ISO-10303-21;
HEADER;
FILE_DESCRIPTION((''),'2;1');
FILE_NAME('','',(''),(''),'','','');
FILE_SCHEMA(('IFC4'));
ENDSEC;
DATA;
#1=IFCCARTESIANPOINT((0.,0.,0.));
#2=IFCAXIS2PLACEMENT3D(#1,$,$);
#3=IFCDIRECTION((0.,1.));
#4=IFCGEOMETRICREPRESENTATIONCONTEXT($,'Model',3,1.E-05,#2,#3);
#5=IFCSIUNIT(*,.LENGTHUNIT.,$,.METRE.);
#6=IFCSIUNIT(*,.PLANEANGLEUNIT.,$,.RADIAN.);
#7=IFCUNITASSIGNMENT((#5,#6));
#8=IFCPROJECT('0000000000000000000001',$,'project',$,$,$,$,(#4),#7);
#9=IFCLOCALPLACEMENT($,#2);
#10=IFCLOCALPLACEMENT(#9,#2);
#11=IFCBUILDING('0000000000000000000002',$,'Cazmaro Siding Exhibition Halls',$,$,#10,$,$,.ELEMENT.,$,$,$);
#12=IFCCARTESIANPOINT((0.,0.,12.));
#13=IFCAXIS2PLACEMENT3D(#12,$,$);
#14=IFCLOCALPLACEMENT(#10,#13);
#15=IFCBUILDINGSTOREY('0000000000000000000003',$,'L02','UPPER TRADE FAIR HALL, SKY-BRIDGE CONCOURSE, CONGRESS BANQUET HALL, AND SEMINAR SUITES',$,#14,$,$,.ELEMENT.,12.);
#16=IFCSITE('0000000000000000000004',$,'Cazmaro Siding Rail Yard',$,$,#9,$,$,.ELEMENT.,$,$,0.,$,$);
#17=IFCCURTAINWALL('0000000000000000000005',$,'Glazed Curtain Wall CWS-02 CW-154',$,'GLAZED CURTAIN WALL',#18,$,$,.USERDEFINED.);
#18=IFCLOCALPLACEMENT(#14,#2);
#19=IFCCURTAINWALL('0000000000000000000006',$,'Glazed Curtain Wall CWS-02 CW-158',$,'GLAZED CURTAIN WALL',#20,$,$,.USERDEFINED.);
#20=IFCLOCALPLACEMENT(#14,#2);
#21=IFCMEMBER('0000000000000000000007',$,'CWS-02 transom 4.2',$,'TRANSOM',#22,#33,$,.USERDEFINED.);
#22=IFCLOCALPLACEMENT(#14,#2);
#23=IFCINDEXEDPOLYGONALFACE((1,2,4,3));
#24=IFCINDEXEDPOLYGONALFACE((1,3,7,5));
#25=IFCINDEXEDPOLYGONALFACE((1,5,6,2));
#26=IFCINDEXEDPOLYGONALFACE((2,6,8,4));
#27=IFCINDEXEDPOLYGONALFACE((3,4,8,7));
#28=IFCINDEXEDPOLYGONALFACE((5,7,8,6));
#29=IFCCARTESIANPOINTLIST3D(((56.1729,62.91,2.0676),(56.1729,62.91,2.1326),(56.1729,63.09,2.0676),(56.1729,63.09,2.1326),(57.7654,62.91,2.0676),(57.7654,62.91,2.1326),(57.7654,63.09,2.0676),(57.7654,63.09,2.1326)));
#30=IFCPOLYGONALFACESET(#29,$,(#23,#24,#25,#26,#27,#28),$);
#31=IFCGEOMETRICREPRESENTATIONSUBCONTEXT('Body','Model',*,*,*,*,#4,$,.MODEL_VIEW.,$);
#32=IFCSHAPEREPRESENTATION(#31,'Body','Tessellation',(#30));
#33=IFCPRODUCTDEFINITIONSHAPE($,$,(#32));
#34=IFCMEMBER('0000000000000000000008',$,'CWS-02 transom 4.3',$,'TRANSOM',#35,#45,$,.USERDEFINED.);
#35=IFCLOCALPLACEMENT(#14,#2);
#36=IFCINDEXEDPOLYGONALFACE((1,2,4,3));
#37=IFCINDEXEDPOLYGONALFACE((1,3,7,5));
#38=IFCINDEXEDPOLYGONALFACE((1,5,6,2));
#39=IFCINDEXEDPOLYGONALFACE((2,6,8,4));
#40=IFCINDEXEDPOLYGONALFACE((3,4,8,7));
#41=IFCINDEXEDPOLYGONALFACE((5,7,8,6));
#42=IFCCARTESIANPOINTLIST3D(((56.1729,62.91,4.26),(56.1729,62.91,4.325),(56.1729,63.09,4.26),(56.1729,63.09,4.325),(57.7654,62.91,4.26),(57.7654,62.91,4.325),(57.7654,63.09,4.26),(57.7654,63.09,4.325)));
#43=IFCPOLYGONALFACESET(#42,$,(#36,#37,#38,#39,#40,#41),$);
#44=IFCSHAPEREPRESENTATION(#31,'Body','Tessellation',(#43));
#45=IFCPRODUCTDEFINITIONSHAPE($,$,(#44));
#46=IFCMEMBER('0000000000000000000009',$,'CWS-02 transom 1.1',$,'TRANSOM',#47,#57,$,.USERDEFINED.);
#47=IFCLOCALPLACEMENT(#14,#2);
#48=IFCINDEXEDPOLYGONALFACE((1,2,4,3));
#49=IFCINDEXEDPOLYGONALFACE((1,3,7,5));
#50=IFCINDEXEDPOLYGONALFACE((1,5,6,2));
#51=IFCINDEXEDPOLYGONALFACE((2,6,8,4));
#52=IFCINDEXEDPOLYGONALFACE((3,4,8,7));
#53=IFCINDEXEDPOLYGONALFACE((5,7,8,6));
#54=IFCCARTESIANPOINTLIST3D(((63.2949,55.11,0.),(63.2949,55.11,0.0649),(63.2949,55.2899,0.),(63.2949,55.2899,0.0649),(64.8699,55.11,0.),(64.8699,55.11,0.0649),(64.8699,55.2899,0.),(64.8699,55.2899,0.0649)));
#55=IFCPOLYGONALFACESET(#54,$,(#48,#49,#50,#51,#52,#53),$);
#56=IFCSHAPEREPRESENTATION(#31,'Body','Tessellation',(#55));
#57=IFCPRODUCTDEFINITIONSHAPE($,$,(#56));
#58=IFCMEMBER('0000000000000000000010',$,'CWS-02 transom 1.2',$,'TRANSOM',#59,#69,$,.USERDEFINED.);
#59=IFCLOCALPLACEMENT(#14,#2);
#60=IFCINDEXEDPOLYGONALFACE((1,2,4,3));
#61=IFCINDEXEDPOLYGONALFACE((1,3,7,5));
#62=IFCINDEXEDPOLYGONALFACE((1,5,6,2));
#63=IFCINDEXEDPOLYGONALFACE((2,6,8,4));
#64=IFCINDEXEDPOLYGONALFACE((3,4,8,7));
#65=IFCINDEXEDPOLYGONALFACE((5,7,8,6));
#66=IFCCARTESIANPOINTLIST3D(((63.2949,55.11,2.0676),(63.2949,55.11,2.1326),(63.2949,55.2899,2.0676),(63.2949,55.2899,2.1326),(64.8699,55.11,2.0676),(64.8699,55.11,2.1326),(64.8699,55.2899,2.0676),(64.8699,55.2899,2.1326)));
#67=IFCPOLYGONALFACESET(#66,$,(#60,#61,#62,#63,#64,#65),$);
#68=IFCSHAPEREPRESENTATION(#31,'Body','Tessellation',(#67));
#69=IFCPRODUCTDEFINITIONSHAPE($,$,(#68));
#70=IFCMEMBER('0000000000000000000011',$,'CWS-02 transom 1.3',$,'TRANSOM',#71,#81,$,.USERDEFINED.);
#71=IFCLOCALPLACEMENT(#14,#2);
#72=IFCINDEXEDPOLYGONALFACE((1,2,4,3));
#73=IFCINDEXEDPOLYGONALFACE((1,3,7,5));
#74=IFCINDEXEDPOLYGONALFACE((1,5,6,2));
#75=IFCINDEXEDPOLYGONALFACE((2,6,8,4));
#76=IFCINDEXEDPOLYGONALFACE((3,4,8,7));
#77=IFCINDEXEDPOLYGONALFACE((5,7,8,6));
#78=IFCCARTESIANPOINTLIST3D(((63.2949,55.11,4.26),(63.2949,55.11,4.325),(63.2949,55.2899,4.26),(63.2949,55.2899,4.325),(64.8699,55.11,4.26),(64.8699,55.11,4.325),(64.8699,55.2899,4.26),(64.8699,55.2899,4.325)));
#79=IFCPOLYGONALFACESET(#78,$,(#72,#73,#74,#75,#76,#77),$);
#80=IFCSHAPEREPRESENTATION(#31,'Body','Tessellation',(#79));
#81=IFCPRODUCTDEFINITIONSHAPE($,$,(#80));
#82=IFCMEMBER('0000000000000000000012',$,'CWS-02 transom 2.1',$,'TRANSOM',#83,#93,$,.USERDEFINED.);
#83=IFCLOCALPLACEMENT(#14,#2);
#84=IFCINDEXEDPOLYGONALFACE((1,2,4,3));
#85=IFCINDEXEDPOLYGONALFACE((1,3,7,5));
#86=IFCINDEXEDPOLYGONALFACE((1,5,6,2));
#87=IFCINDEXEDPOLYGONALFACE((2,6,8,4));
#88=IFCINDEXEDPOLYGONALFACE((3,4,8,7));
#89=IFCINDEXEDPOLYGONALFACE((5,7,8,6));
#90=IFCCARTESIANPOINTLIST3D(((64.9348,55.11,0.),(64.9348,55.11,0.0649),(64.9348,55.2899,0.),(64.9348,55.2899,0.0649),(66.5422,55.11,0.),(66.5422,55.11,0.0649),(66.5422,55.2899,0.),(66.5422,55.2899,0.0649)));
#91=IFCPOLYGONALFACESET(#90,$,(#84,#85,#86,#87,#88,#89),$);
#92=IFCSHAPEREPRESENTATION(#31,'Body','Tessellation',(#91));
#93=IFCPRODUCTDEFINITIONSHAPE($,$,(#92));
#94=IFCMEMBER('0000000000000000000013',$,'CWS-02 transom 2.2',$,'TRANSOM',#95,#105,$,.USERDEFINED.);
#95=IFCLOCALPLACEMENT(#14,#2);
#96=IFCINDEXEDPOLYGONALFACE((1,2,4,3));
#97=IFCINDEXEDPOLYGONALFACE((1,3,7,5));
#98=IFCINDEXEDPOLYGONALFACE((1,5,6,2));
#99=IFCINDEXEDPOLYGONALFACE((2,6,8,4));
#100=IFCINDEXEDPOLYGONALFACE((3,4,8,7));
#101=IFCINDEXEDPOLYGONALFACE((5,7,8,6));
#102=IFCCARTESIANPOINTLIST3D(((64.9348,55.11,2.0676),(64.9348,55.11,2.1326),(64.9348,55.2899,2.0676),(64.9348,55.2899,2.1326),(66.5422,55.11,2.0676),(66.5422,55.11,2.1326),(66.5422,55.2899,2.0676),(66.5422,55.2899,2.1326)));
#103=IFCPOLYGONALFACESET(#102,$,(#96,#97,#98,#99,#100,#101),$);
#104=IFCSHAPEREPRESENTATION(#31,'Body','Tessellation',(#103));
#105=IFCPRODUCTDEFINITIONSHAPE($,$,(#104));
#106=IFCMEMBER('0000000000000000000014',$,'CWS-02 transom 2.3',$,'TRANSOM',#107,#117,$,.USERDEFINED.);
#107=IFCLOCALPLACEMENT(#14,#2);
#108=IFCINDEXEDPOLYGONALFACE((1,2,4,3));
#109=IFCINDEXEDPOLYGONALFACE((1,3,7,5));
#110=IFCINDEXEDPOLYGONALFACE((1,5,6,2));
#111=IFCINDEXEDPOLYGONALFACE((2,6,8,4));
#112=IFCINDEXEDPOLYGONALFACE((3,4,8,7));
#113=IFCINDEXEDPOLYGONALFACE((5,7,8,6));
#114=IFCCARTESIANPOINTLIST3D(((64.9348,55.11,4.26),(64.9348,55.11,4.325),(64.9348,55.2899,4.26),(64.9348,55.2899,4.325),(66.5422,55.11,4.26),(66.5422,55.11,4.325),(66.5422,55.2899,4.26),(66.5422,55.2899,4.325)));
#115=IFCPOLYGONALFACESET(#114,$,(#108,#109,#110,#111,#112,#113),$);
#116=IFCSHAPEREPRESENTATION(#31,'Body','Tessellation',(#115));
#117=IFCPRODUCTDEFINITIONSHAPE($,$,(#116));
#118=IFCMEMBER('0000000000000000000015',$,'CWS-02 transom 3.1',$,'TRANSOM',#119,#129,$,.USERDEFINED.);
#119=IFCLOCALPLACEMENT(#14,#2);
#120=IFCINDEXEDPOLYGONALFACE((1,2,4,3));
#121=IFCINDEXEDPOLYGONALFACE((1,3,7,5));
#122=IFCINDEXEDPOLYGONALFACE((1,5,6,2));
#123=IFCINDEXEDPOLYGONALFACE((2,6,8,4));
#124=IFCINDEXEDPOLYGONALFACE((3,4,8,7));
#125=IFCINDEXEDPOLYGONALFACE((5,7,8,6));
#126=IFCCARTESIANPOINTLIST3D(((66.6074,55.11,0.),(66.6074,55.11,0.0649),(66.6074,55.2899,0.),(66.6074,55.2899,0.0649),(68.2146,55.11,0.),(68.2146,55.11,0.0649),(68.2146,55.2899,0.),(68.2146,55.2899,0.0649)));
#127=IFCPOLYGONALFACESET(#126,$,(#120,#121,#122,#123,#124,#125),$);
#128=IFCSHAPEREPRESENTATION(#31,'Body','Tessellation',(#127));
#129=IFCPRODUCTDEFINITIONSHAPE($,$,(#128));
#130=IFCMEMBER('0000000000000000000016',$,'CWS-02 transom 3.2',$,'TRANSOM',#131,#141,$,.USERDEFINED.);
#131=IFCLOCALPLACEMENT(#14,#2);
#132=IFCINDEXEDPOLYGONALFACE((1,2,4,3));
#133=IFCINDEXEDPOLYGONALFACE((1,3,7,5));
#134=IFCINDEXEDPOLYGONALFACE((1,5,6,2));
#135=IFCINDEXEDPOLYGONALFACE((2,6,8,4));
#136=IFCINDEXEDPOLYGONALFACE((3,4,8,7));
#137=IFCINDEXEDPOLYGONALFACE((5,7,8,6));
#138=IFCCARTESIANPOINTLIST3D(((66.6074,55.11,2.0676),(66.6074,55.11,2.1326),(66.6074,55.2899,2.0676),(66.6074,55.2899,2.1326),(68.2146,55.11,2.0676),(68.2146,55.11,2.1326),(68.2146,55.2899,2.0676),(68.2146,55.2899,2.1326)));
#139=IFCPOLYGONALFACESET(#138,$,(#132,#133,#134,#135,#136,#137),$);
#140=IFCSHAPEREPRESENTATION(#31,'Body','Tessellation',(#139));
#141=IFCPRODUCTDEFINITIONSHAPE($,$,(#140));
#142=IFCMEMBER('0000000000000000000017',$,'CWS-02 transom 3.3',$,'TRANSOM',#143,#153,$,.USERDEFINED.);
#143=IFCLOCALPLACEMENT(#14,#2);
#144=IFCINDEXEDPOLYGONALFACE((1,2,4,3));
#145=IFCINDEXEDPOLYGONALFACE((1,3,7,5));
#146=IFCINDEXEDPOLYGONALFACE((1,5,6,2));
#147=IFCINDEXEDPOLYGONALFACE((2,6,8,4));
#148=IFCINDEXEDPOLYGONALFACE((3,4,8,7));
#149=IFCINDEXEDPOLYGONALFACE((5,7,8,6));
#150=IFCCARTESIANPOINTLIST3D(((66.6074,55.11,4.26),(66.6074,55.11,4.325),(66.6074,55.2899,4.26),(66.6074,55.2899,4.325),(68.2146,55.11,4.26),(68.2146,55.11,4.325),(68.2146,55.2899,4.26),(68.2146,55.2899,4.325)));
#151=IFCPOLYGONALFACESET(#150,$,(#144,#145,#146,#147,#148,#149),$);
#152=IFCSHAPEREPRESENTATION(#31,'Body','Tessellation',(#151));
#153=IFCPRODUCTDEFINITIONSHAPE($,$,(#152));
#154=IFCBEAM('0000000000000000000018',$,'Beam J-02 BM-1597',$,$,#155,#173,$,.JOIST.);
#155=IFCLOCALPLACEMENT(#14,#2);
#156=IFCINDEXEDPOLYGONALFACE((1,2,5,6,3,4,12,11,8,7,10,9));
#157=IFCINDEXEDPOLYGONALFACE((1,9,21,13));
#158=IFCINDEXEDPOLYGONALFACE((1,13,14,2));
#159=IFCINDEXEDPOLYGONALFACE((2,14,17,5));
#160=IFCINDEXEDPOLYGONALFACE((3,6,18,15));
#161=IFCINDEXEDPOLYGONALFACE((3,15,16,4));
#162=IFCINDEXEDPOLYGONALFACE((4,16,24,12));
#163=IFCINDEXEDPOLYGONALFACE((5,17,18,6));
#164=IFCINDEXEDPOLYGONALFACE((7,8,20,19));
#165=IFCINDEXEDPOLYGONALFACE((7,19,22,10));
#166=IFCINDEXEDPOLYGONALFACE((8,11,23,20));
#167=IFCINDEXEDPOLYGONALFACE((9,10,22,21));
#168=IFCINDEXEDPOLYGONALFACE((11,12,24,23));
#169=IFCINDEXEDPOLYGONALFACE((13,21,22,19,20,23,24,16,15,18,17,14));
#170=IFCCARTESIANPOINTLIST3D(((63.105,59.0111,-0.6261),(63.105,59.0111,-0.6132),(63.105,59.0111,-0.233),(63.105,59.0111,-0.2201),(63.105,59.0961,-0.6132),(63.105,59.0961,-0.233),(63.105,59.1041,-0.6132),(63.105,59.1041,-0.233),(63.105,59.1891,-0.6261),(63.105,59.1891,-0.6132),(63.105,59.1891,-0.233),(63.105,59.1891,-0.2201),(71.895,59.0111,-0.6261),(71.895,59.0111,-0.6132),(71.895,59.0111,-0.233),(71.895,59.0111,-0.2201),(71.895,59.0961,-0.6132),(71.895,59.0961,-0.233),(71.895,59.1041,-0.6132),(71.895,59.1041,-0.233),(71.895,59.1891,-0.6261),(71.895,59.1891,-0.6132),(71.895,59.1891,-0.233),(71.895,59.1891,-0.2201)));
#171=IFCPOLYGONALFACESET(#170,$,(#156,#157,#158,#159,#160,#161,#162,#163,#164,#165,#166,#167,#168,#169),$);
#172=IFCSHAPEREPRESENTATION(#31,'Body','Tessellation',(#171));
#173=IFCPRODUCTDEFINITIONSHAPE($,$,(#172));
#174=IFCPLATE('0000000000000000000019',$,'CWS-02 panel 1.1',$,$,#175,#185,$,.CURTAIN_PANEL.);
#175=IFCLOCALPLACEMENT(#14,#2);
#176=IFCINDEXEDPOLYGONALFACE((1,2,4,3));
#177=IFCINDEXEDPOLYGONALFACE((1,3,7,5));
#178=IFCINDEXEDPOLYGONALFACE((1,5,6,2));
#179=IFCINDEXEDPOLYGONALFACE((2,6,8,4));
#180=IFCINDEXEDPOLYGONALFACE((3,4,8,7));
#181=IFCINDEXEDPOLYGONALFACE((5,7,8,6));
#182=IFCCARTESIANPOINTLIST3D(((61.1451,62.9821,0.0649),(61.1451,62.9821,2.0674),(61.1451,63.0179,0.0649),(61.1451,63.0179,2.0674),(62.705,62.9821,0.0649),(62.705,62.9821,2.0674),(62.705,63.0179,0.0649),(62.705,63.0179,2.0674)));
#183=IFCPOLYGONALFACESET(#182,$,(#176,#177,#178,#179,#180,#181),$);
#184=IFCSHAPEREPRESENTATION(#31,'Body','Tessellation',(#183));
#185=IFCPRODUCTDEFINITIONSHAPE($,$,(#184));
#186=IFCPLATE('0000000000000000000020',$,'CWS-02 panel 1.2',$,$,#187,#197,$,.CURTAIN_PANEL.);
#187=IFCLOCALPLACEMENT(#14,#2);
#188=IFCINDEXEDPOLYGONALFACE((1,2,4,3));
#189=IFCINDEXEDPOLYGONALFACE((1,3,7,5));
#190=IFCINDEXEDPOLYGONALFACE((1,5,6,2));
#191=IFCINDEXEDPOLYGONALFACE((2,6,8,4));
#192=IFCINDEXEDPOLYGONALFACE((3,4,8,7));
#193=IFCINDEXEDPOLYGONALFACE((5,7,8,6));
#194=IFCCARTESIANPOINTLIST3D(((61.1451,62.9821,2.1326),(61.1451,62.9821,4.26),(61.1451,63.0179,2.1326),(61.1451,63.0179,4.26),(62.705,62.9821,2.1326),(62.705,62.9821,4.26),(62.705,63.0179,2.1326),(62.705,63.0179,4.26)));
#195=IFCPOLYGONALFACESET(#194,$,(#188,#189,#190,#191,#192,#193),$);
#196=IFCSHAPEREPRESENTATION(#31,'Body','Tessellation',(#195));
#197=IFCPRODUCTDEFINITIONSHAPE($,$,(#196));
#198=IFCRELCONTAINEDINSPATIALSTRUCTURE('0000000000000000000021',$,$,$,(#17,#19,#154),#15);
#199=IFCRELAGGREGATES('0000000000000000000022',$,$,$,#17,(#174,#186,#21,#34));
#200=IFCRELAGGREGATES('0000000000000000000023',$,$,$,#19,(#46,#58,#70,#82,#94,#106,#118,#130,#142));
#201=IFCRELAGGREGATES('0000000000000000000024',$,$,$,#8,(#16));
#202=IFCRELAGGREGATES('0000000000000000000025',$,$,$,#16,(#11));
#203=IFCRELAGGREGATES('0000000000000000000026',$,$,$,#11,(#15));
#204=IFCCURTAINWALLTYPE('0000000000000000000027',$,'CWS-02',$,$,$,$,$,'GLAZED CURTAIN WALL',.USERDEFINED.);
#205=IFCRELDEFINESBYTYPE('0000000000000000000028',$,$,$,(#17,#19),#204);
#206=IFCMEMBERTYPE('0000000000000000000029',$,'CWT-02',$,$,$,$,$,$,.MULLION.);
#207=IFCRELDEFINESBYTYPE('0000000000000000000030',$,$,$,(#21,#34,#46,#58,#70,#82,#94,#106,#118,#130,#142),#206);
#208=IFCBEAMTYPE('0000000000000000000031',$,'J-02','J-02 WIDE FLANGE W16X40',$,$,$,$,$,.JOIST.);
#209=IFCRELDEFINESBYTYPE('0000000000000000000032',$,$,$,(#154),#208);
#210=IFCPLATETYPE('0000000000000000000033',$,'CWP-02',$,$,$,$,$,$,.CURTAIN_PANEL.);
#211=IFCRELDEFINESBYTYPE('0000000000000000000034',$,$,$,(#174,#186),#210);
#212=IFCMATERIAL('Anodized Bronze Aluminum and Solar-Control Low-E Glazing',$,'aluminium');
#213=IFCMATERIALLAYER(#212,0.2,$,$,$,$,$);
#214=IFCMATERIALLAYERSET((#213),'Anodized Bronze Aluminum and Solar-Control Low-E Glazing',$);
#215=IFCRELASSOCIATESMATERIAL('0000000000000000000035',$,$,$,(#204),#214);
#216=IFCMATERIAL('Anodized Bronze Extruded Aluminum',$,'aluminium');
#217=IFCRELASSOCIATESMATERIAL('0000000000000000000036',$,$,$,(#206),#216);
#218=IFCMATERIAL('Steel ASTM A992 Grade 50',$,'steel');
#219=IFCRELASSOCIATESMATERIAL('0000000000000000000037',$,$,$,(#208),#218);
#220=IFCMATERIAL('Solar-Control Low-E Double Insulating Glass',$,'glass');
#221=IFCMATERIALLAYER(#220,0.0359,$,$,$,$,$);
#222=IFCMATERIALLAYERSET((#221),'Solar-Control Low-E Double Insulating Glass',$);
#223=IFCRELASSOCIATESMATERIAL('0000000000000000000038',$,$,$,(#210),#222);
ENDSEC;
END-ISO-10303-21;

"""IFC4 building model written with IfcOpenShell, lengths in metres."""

from ifc_helpers import new_model, si_unit, direction, frame, origin, origin_2d, place, context, subcontext, project, spatial, rectangle, i_section, extrude, material, layer, layer_set, material_profile, profile_set, type_object, element, aggregate, save


model = new_model("IFC4")

# Units and contexts
model_context = context("Model", 3, precision=1e-05, world=origin(), true_north=direction((0.0, 1.0)))
body_context = subcontext(model_context, "Body", "Model", "MODEL_VIEW")
ifc_project = project(units=[si_unit("LENGTHUNIT", "METRE"), si_unit("PLANEANGLEUNIT", "RADIAN")], contexts=[model_context])

# Site, building, storey
site_placement = place(None, origin())
site = spatial("IfcSite", under=ifc_project, at=site_placement, Name="Cazmaro Siding Rail Yard", CompositionType="ELEMENT", RefElevation=0.0)
building_placement = place(site_placement, origin())
building = spatial("IfcBuilding", under=site, at=building_placement, Name="Cazmaro Siding Exhibition Halls", CompositionType="ELEMENT")
storey_placement = place(building_placement, frame((0.0, 0.0, 12.0)))
storey = spatial("IfcBuildingStorey", under=building, at=storey_placement, Name="L02", Description="UPPER TRADE FAIR HALL, SKY-BRIDGE CONCOURSE, CONGRESS BANQUET HALL, AND SEMINAR SUITES", CompositionType="ELEMENT", Elevation=12.0)

# Curtain walls
ifc_material_1 = material(Name="Anodized Bronze Aluminum and Solar-Control Low-E Glazing", Category="aluminium")
ifc_layer_1 = layer(ifc_material_1, 0.2)
ifc_layer_set_1 = layer_set([ifc_layer_1], Name="Anodized Bronze Aluminum and Solar-Control Low-E Glazing")
curtain_wall_type = type_object("IfcCurtainWallType", Name="CWS-02", ElementType="GLAZED CURTAIN WALL", PredefinedType="USERDEFINED", material=ifc_layer_set_1)
curtain_wall_1_placement = place(storey_placement, origin())
curtain_wall_1 = element("IfcCurtainWall", 1, at=curtain_wall_1_placement, inside=storey, type_object=curtain_wall_type, Name="Glazed Curtain Wall CWS-02 CW-154", ObjectType="GLAZED CURTAIN WALL", PredefinedType="USERDEFINED")
curtain_wall_2_placement = place(storey_placement, origin())
curtain_wall_2 = element("IfcCurtainWall", 2, at=curtain_wall_2_placement, inside=storey, type_object=curtain_wall_type, Name="Glazed Curtain Wall CWS-02 CW-158", ObjectType="GLAZED CURTAIN WALL", PredefinedType="USERDEFINED")

# Members
ifc_material_2 = material(Name="Anodized Bronze Extruded Aluminum", Category="aluminium")
ifc_material_profile_1 = material_profile(ifc_material_2, rectangle(XDim=0.1799, YDim=0.0649, at=origin_2d()), Name="CWT-02")
ifc_profile_set_1 = profile_set([ifc_material_profile_1], Name="Anodized Bronze Extruded Aluminum")
member_type_1 = type_object("IfcMemberType", Name="CWT-02", PredefinedType="MULLION", material=ifc_profile_set_1)
member_1_placement = place(storey_placement, frame((57.7654, 63.0, 2.1001), z_axis=(-1.0, 0.0, 0.0), x_axis=(0.0, -1.0, 0.0)))
member_1 = element("IfcMember", 3, at=member_1_placement, type_object=member_type_1, Name="CWS-02 transom 4.2", ObjectType="TRANSOM", PredefinedType="USERDEFINED", context=body_context, shape_type="SweptSolid", body=[
    extrude(rectangle(XDim=0.1799, YDim=0.0649, at=origin_2d()), origin(), (0.0, 0.0, 1.0), 1.5925),
])
member_2_placement = place(storey_placement, frame((57.7654, 63.0, 4.2925), z_axis=(-1.0, 0.0, 0.0), x_axis=(0.0, -1.0, 0.0)))
member_2 = element("IfcMember", 4, at=member_2_placement, type_object=member_type_1, Name="CWS-02 transom 4.3", ObjectType="TRANSOM", PredefinedType="USERDEFINED", context=body_context, shape_type="SweptSolid", body=[
    extrude(rectangle(XDim=0.1799, YDim=0.0649, at=origin_2d()), origin(), (0.0, 0.0, 1.0), 1.5925),
])
member_3_placement = place(storey_placement, frame((63.2949, 55.2, 0.0325), z_axis=(1.0, 0.0, 0.0), x_axis=(0.0, 1.0, 0.0)))
member_3 = element("IfcMember", 5, at=member_3_placement, type_object=member_type_1, Name="CWS-02 transom 1.1", ObjectType="TRANSOM", PredefinedType="USERDEFINED", context=body_context, shape_type="SweptSolid", body=[
    extrude(rectangle(XDim=0.1799, YDim=0.0649, at=origin_2d()), origin(), (0.0, 0.0, 1.0), 1.575),
])
member_4_placement = place(storey_placement, frame((63.2949, 55.2, 2.1001), z_axis=(1.0, 0.0, 0.0), x_axis=(0.0, 1.0, 0.0)))
member_4 = element("IfcMember", 6, at=member_4_placement, type_object=member_type_1, Name="CWS-02 transom 1.2", ObjectType="TRANSOM", PredefinedType="USERDEFINED", context=body_context, shape_type="SweptSolid", body=[
    extrude(rectangle(XDim=0.1799, YDim=0.0649, at=origin_2d()), origin(), (0.0, 0.0, 1.0), 1.575),
])
member_5_placement = place(storey_placement, frame((63.2949, 55.2, 4.2925), z_axis=(1.0, 0.0, 0.0), x_axis=(0.0, 1.0, 0.0)))
member_5 = element("IfcMember", 7, at=member_5_placement, type_object=member_type_1, Name="CWS-02 transom 1.3", ObjectType="TRANSOM", PredefinedType="USERDEFINED", context=body_context, shape_type="SweptSolid", body=[
    extrude(rectangle(XDim=0.1799, YDim=0.0649, at=origin_2d()), origin(), (0.0, 0.0, 1.0), 1.575),
])
member_6_placement = place(storey_placement, frame((64.9348, 55.2, 0.0325), z_axis=(1.0, 0.0, 0.0), x_axis=(0.0, 1.0, 0.0)))
member_6 = element("IfcMember", 8, at=member_6_placement, type_object=member_type_1, Name="CWS-02 transom 2.1", ObjectType="TRANSOM", PredefinedType="USERDEFINED", context=body_context, shape_type="SweptSolid", body=[
    extrude(rectangle(XDim=0.1799, YDim=0.0649, at=origin_2d()), origin(), (0.0, 0.0, 1.0), 1.6074),
])
member_7_placement = place(storey_placement, frame((64.9348, 55.2, 2.1001), z_axis=(1.0, 0.0, 0.0), x_axis=(0.0, 1.0, 0.0)))
member_7 = element("IfcMember", 9, at=member_7_placement, type_object=member_type_1, Name="CWS-02 transom 2.2", ObjectType="TRANSOM", PredefinedType="USERDEFINED", context=body_context, shape_type="SweptSolid", body=[
    extrude(rectangle(XDim=0.1799, YDim=0.0649, at=origin_2d()), origin(), (0.0, 0.0, 1.0), 1.6074),
])
member_8_placement = place(storey_placement, frame((64.9348, 55.2, 4.2925), z_axis=(1.0, 0.0, 0.0), x_axis=(0.0, 1.0, 0.0)))
member_8 = element("IfcMember", 10, at=member_8_placement, type_object=member_type_1, Name="CWS-02 transom 2.3", ObjectType="TRANSOM", PredefinedType="USERDEFINED", context=body_context, shape_type="SweptSolid", body=[
    extrude(rectangle(XDim=0.1799, YDim=0.0649, at=origin_2d()), origin(), (0.0, 0.0, 1.0), 1.6074),
])
member_9_placement = place(storey_placement, frame((66.6074, 55.2, 0.0325), z_axis=(1.0, 0.0, 0.0), x_axis=(0.0, 1.0, 0.0)))
member_9 = element("IfcMember", 11, at=member_9_placement, type_object=member_type_1, Name="CWS-02 transom 3.1", ObjectType="TRANSOM", PredefinedType="USERDEFINED", context=body_context, shape_type="SweptSolid", body=[
    extrude(rectangle(XDim=0.1799, YDim=0.0649, at=origin_2d()), origin(), (0.0, 0.0, 1.0), 1.6072),
])
member_10_placement = place(storey_placement, frame((66.6074, 55.2, 2.1001), z_axis=(1.0, 0.0, 0.0), x_axis=(0.0, 1.0, 0.0)))
member_10 = element("IfcMember", 12, at=member_10_placement, type_object=member_type_1, Name="CWS-02 transom 3.2", ObjectType="TRANSOM", PredefinedType="USERDEFINED", context=body_context, shape_type="SweptSolid", body=[
    extrude(rectangle(XDim=0.1799, YDim=0.0649, at=origin_2d()), origin(), (0.0, 0.0, 1.0), 1.6072),
])
member_11_placement = place(storey_placement, frame((66.6074, 55.2, 4.2925), z_axis=(1.0, 0.0, 0.0), x_axis=(0.0, 1.0, 0.0)))
member_11 = element("IfcMember", 13, at=member_11_placement, type_object=member_type_1, Name="CWS-02 transom 3.3", ObjectType="TRANSOM", PredefinedType="USERDEFINED", context=body_context, shape_type="SweptSolid", body=[
    extrude(rectangle(XDim=0.1799, YDim=0.0649, at=origin_2d()), origin(), (0.0, 0.0, 1.0), 1.6072),
])

# Beam
ifc_material_3 = material(Name="Steel ASTM A992 Grade 50", Category="steel")
ifc_material_profile_2 = material_profile(ifc_material_3, i_section(OverallWidth=0.178, OverallDepth=0.406, WebThickness=0.0081, FlangeThickness=0.0129, at=origin_2d()), Name="W16X40")
ifc_profile_set_2 = profile_set([ifc_material_profile_2], Name="Steel ASTM A992 Grade 50")
beam_type = type_object("IfcBeamType", Name="J-02", Description="J-02 WIDE FLANGE W16X40", PredefinedType="JOIST", material=ifc_profile_set_2)
beam_placement = place(storey_placement, frame((63.105, 59.1001, -0.4231), z_axis=(1.0, 0.0, 0.0), x_axis=(0.0, 1.0, 0.0)))
element("IfcBeam", 14, at=beam_placement, inside=storey, type_object=beam_type, Name="Beam J-02 BM-1597", PredefinedType="JOIST", context=body_context, shape_type="SweptSolid", body=[
    extrude(i_section(OverallWidth=0.178, OverallDepth=0.406, WebThickness=0.0081, FlangeThickness=0.0129, at=origin_2d()), origin(), (0.0, 0.0, 1.0), 8.79),
])

# Plates
ifc_material_4 = material(Name="Solar-Control Low-E Double Insulating Glass", Category="glass")
ifc_layer_2 = layer(ifc_material_4, 0.0359)
ifc_layer_set_2 = layer_set([ifc_layer_2], Name="Solar-Control Low-E Double Insulating Glass")
plate_type = type_object("IfcPlateType", Name="CWP-02", PredefinedType="CURTAIN_PANEL", material=ifc_layer_set_2)
plate_1_placement = place(storey_placement, frame((61.925, 63.0, 0.0649), z_axis=(0.0, 0.0, 1.0), x_axis=(-1.0, 0.0, 0.0)))
plate_1 = element("IfcPlate", 15, at=plate_1_placement, type_object=plate_type, Name="CWS-02 panel 1.1", PredefinedType="CURTAIN_PANEL", context=body_context, shape_type="SweptSolid", body=[
    extrude(rectangle(XDim=1.5598, YDim=0.0359, at=origin_2d()), origin(), (0.0, 0.0, 1.0), 2.0024),
])
plate_2_placement = place(storey_placement, frame((61.925, 63.0, 2.1326), z_axis=(0.0, 0.0, 1.0), x_axis=(-1.0, 0.0, 0.0)))
plate_2 = element("IfcPlate", 16, at=plate_2_placement, type_object=plate_type, Name="CWS-02 panel 1.2", PredefinedType="CURTAIN_PANEL", context=body_context, shape_type="SweptSolid", body=[
    extrude(rectangle(XDim=1.5598, YDim=0.0359, at=origin_2d()), origin(), (0.0, 0.0, 1.0), 2.1274),
])
aggregate(curtain_wall_1, [plate_1, plate_2, member_1, member_2])
aggregate(curtain_wall_2, [member_3, member_4, member_5, member_6, member_7, member_8, member_9, member_10, member_11])

save(model, "model.ifc")
